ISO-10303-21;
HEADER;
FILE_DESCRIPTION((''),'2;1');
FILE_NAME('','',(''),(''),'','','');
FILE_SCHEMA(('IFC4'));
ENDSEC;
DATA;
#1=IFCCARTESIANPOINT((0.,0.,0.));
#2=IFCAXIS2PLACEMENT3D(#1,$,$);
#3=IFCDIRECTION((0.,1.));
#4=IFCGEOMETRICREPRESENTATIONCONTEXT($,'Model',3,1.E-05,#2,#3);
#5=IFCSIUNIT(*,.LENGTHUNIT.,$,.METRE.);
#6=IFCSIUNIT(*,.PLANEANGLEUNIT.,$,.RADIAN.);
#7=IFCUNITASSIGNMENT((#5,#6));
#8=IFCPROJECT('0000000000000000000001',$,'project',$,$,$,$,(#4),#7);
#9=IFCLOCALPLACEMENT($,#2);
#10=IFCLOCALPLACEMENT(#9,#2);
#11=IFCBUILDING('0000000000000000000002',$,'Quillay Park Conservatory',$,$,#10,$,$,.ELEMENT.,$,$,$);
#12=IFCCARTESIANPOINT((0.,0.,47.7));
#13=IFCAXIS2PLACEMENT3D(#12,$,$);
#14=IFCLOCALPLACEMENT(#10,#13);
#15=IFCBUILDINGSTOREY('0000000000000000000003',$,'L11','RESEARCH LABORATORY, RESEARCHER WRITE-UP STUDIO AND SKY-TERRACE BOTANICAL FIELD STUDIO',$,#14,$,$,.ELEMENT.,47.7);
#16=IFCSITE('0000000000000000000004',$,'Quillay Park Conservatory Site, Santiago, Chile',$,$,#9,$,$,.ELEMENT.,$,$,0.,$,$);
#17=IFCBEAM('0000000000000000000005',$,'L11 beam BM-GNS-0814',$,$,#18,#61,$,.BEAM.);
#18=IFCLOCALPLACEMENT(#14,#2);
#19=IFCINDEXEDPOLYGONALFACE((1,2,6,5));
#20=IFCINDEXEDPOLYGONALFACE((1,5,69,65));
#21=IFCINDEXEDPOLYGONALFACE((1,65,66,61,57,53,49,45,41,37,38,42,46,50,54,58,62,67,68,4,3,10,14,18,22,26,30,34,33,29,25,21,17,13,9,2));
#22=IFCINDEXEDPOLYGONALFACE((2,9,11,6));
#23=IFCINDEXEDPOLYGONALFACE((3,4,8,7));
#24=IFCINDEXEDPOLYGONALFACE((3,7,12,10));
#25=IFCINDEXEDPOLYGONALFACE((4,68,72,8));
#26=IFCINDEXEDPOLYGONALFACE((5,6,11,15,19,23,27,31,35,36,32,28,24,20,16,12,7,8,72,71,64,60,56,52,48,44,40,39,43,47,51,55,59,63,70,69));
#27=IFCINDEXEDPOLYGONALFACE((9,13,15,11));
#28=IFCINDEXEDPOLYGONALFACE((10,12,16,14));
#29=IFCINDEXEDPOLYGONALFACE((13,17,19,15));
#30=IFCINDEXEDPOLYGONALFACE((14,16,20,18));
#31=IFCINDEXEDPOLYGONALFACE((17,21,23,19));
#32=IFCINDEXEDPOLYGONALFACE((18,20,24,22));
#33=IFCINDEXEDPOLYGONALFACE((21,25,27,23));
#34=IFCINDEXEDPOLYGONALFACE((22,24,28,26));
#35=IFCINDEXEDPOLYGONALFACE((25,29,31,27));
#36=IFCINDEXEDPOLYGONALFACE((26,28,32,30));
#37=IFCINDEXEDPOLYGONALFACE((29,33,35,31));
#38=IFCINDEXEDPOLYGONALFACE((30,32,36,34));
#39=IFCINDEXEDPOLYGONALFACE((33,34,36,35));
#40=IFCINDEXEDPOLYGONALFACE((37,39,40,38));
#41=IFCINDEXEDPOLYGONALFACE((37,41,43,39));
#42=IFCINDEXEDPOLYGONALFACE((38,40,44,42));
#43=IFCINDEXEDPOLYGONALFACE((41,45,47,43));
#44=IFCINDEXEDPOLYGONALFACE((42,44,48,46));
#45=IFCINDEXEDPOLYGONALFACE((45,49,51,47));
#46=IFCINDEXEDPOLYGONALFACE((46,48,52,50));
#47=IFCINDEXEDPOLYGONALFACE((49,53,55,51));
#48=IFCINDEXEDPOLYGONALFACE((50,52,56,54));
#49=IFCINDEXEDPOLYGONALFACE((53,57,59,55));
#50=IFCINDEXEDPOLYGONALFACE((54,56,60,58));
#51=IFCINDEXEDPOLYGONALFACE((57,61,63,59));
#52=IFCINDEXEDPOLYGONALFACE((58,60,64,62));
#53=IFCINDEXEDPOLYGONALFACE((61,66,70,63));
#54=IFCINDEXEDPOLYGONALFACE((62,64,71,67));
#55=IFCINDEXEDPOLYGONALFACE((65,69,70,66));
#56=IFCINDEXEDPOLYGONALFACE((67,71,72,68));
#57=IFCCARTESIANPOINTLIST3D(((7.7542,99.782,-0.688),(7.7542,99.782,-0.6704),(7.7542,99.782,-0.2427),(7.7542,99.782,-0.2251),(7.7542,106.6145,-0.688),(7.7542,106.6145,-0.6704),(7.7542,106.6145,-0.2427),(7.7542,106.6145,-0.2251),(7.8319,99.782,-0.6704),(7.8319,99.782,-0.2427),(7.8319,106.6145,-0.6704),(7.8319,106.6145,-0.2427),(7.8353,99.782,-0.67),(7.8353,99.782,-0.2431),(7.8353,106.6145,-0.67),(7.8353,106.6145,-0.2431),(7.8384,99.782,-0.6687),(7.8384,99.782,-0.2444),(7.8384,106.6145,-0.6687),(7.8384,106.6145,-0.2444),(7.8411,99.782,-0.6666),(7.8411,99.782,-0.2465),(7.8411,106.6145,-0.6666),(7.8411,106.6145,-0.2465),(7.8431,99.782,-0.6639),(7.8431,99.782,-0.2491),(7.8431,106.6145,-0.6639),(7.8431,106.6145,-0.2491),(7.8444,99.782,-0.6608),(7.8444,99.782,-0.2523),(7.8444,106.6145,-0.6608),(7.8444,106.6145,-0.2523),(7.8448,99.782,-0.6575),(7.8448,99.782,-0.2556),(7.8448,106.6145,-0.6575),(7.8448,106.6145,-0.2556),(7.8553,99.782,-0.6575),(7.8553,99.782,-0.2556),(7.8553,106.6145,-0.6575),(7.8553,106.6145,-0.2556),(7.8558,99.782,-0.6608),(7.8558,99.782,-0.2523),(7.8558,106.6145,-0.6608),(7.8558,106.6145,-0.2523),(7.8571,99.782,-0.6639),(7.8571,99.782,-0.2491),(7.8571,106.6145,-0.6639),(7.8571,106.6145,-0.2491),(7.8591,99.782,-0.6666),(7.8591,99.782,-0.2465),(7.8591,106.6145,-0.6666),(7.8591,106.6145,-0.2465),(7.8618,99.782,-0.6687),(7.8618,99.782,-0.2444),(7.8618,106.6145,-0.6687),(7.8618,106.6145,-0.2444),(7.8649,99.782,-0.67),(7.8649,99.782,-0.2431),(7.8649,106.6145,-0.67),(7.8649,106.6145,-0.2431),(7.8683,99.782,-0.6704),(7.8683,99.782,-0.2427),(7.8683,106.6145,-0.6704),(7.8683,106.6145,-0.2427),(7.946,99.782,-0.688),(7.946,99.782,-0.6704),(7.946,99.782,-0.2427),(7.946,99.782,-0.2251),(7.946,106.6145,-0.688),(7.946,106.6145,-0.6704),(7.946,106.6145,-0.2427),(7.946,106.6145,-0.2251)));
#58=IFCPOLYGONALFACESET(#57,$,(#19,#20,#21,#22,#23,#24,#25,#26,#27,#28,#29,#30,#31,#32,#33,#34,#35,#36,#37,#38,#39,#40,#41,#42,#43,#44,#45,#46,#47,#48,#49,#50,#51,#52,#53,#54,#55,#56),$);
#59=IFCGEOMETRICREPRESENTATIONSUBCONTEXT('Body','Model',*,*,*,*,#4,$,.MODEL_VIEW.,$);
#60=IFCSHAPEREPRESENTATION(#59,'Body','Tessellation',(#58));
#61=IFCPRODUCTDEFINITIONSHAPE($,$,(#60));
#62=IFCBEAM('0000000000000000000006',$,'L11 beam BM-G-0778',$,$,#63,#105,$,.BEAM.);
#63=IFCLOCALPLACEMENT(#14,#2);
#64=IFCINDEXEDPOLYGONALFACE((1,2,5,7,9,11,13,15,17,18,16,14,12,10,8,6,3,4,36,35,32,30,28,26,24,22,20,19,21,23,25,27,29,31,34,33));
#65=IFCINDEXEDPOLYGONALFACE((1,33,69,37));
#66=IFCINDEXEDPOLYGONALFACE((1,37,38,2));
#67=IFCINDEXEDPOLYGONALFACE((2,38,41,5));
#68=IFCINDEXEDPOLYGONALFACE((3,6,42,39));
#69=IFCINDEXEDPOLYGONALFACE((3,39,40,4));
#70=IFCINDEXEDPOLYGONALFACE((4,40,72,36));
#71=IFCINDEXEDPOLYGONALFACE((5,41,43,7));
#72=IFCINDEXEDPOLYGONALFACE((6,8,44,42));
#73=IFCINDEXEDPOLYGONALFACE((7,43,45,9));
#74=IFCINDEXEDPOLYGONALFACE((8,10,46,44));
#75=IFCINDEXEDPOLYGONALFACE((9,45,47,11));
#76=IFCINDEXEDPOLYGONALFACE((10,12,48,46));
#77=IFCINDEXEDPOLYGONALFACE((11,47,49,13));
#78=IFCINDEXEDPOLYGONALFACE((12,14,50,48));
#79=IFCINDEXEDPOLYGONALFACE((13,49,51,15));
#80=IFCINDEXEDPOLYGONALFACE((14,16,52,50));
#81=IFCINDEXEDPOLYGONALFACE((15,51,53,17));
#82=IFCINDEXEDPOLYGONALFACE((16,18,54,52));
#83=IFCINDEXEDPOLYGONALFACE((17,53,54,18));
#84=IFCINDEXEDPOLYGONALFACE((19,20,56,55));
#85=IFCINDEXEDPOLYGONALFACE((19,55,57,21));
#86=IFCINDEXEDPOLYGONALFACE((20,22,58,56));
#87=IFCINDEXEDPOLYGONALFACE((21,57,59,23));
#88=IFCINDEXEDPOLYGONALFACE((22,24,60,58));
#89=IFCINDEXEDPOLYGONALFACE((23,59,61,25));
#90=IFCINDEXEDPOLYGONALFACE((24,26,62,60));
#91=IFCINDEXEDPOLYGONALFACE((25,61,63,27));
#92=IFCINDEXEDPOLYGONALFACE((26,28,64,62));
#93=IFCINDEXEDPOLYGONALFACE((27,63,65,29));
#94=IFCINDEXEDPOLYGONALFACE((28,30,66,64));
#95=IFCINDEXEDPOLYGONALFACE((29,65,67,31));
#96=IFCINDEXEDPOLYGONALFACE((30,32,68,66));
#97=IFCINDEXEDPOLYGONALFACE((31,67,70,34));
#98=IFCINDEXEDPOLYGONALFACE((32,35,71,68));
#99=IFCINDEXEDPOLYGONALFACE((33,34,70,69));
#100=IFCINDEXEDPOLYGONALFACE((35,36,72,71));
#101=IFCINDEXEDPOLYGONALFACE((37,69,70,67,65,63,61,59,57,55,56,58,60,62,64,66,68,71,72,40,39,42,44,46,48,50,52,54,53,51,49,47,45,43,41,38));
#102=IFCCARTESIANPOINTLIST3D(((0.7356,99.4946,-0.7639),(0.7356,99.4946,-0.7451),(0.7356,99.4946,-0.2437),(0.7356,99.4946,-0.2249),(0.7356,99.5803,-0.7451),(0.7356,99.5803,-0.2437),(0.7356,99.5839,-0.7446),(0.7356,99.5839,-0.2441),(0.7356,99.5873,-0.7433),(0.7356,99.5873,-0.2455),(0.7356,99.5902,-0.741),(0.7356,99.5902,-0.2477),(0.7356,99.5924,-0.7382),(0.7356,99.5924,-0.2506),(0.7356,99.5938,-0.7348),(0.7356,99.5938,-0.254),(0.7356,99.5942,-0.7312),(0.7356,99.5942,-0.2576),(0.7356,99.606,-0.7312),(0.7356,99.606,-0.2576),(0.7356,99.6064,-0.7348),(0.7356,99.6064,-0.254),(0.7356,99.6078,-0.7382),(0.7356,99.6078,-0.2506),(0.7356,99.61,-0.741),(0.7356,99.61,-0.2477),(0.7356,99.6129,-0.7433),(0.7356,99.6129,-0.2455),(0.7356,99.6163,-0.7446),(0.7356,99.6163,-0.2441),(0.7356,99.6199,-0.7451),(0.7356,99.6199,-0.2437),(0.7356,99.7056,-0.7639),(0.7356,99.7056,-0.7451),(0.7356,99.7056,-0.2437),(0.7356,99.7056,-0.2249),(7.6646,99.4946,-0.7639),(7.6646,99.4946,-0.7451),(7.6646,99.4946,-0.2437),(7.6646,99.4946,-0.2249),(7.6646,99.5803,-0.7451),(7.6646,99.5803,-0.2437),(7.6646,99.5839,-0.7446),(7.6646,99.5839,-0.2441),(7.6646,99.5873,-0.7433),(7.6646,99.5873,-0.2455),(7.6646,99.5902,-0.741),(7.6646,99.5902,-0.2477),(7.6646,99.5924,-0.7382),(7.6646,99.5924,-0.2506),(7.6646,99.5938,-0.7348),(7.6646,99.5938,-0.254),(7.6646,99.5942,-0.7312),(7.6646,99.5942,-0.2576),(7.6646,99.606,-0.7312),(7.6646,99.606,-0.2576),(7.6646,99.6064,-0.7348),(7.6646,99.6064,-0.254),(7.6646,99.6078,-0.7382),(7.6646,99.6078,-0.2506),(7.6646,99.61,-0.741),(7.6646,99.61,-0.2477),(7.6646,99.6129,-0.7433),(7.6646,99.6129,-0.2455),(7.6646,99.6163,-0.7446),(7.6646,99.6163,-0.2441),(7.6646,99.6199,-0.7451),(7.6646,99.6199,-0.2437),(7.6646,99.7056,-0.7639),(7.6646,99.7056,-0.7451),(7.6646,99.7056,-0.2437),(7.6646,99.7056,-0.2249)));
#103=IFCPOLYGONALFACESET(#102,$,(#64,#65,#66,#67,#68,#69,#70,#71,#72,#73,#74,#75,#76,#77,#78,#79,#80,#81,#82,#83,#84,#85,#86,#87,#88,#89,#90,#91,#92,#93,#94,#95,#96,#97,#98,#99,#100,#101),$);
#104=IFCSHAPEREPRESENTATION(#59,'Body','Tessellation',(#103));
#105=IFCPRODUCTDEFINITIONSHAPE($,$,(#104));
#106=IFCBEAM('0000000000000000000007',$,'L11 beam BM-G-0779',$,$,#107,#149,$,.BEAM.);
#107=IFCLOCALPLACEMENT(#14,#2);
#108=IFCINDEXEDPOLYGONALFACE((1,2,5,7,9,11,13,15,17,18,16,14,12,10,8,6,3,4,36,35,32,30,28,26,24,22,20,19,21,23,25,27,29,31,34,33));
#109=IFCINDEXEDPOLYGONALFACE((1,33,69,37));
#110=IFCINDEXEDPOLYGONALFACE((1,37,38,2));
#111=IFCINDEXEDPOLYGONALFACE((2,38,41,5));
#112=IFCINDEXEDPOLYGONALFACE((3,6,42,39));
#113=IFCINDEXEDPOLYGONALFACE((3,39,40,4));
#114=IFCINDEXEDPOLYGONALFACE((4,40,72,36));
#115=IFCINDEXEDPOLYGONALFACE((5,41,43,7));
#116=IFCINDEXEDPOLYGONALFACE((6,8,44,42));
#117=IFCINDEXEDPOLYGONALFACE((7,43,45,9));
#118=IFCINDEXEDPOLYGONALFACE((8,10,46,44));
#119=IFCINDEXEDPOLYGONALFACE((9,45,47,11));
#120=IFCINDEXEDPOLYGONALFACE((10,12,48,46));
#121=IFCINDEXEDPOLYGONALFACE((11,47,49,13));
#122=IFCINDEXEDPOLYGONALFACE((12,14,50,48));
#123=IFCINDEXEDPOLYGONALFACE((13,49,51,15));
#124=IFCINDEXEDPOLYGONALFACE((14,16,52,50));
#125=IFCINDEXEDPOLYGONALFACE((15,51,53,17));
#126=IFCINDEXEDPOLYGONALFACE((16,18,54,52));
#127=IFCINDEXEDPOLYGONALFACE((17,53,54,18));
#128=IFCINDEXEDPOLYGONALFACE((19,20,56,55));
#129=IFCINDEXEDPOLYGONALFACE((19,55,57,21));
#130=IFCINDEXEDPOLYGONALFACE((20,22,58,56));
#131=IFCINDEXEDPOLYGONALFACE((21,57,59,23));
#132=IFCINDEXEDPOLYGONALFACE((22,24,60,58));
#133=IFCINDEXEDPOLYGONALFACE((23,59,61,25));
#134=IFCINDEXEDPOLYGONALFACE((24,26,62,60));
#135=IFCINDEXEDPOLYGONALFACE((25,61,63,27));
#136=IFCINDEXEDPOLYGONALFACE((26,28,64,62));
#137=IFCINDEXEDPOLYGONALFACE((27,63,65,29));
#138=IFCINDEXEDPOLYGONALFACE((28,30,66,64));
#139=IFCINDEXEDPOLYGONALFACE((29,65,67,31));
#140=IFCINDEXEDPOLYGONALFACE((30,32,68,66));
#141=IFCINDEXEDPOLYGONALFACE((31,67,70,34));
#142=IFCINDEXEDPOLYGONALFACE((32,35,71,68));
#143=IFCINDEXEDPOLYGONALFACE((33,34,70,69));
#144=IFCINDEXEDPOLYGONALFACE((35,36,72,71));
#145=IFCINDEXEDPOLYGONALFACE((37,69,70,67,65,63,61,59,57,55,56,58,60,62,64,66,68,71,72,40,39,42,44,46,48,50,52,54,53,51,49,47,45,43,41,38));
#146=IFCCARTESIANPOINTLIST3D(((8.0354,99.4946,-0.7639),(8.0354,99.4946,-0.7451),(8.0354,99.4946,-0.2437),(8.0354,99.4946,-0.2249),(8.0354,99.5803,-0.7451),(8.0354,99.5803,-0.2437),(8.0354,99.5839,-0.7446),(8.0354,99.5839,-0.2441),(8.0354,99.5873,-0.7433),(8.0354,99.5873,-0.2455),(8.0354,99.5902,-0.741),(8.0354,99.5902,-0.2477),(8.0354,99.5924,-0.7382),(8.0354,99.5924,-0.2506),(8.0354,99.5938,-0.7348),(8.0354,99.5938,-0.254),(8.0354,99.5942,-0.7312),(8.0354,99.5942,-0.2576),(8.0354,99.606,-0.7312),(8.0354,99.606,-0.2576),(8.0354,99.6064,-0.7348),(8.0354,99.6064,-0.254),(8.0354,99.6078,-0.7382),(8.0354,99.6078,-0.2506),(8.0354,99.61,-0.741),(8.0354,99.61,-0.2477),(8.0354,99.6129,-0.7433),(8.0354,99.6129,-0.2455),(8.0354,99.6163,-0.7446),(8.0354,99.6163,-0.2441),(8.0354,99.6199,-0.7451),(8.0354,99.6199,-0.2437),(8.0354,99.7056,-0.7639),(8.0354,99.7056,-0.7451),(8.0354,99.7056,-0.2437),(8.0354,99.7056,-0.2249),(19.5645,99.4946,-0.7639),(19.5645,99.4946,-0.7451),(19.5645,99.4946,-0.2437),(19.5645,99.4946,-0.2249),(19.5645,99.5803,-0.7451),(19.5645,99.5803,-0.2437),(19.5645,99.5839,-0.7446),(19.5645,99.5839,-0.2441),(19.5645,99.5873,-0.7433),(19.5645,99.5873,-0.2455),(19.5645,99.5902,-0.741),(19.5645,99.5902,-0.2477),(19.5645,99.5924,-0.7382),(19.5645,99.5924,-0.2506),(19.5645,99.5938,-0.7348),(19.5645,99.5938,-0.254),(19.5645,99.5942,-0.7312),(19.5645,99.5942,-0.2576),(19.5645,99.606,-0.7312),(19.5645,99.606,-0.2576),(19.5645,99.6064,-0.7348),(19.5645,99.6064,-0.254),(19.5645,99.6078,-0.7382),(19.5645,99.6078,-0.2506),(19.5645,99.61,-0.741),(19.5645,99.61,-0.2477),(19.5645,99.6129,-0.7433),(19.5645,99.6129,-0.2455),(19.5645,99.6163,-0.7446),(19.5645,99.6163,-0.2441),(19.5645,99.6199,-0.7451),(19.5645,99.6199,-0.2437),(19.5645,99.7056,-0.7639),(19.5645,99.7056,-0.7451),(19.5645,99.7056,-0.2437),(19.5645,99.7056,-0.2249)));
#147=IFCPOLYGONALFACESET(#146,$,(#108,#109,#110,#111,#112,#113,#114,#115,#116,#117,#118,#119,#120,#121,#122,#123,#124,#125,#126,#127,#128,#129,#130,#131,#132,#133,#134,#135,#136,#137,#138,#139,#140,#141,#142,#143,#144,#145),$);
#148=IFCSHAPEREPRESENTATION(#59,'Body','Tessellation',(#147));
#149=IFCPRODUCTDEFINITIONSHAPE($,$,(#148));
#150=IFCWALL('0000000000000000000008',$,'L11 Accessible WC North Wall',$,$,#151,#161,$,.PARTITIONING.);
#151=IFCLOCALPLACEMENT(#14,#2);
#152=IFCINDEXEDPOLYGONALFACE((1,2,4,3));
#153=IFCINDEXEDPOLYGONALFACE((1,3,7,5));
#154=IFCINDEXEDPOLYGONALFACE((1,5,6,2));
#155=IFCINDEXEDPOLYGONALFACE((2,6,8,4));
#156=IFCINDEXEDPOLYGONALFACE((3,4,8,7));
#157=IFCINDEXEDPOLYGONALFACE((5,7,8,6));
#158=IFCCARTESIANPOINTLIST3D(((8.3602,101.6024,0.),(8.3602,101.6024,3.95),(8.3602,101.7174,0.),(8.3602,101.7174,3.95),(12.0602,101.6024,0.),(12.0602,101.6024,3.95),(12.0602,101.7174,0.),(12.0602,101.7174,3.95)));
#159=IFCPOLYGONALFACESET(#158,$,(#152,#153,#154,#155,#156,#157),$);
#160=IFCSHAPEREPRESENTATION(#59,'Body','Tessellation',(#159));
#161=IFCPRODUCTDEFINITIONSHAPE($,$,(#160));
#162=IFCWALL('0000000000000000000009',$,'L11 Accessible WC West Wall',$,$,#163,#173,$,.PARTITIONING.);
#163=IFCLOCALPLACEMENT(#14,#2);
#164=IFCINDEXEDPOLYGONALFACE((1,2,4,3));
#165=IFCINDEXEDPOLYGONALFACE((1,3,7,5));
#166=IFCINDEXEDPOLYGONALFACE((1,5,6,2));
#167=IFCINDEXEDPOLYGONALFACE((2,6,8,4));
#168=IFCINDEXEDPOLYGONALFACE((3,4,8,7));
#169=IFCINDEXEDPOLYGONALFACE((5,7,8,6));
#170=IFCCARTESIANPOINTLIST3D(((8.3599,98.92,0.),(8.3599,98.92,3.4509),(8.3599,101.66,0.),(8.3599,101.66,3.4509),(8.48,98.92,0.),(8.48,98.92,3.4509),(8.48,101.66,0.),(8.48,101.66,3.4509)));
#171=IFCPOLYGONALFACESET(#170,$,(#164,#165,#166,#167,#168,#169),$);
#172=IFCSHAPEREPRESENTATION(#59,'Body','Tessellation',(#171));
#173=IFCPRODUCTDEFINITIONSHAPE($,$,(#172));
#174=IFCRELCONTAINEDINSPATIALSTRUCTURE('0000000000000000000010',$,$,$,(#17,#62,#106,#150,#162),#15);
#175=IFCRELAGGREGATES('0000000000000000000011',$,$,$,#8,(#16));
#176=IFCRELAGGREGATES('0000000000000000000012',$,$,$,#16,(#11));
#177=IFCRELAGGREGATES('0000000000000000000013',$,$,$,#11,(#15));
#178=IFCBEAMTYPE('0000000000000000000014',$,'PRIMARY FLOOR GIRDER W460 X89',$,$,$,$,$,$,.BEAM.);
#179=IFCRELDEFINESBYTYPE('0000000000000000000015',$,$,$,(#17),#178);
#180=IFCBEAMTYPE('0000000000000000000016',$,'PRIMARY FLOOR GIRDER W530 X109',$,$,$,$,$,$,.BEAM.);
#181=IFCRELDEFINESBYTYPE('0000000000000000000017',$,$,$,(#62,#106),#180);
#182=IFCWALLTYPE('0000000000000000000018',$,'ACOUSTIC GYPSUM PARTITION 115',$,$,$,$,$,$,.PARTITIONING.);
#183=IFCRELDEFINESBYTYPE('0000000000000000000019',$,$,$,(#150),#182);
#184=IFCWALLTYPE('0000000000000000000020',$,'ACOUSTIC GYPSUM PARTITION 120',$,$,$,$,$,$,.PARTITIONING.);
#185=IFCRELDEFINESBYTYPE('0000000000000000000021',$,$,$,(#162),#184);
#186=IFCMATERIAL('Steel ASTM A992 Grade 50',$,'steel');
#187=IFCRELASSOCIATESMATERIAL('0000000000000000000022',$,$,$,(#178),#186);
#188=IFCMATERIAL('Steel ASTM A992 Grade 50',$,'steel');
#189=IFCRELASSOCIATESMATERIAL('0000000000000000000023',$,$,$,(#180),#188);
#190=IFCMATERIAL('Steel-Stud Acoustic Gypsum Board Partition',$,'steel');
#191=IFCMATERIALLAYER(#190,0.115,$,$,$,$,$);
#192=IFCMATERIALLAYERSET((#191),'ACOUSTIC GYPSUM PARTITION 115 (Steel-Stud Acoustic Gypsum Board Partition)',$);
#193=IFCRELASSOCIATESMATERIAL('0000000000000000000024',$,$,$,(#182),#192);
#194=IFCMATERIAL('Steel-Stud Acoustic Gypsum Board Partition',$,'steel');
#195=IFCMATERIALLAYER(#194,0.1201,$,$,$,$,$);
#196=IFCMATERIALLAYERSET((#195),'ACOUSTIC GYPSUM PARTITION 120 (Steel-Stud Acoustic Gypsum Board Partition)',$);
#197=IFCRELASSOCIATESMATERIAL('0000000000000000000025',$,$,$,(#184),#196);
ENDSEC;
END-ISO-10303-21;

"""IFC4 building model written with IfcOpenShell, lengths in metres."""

from ifc_helpers import new_model, si_unit, direction, frame, frame_2d, origin, origin_2d, place, context, subcontext, project, spatial, rectangle, i_section, extrude, material, layer, layer_set, material_profile, profile_set, type_object, element, save


model = new_model("IFC4")

# Units and contexts
model_context = context("Model", 3, precision=1e-05, world=origin(), true_north=direction((0.0, 1.0)))
body_context = subcontext(model_context, "Body", "Model", "MODEL_VIEW")
ifc_project = project(units=[si_unit("LENGTHUNIT", "METRE"), si_unit("PLANEANGLEUNIT", "RADIAN")], contexts=[model_context])

# Site, building, storey
site_placement = place(None, origin())
site = spatial("IfcSite", under=ifc_project, at=site_placement, Name="Quillay Park Conservatory Site, Santiago, Chile", CompositionType="ELEMENT", RefElevation=0.0)
building_placement = place(site_placement, origin())
building = spatial("IfcBuilding", under=site, at=building_placement, Name="Quillay Park Conservatory", CompositionType="ELEMENT")
storey_placement = place(building_placement, frame((0.0, 0.0, 47.7)))
storey = spatial("IfcBuildingStorey", under=building, at=storey_placement, Name="L11", Description="RESEARCH LABORATORY, RESEARCHER WRITE-UP STUDIO AND SKY-TERRACE BOTANICAL FIELD STUDIO", CompositionType="ELEMENT", Elevation=47.7)

# Beams
ifc_material_1 = material(Name="Steel ASTM A992 Grade 50", Category="steel")
ifc_material_profile_1 = material_profile(ifc_material_1, i_section(OverallWidth=0.1919, OverallDepth=0.4629, WebThickness=0.0105, FlangeThickness=0.0176, FilletRadius=0.0129, at=origin_2d()), Name="W460x89")
ifc_profile_set_1 = profile_set([ifc_material_profile_1], Name="Steel ASTM A992 Grade 50")
beam_type_1 = type_object("IfcBeamType", Name="PRIMARY FLOOR GIRDER W460 X89", PredefinedType="BEAM", material=ifc_profile_set_1)
beam_1_placement = place(storey_placement, frame((7.8501, 99.782, -0.4565), z_axis=(0.0, 1.0, 0.0), x_axis=(-1.0, 0.0, 0.0)))
element("IfcBeam", 1, at=beam_1_placement, inside=storey, type_object=beam_type_1, Name="L11 beam BM-GNS-0814", PredefinedType="BEAM", context=body_context, shape_type="SweptSolid", body=[
    extrude(i_section(OverallWidth=0.1919, OverallDepth=0.4629, WebThickness=0.0105, FlangeThickness=0.0176, FilletRadius=0.0129, at=origin_2d()), origin(), (0.0, 0.0, 1.0), 6.8325),
])
ifc_material_2 = material(Name="Steel ASTM A992 Grade 50", Category="steel")
ifc_material_profile_2 = material_profile(ifc_material_2, i_section(OverallWidth=0.2109, OverallDepth=0.5391, WebThickness=0.0117, FlangeThickness=0.0188, FilletRadius=0.0139, at=origin_2d()), Name="W530x109")
ifc_profile_set_2 = profile_set([ifc_material_profile_2], Name="Steel ASTM A992 Grade 50")
beam_type_2 = type_object("IfcBeamType", Name="PRIMARY FLOOR GIRDER W530 X109", PredefinedType="BEAM", material=ifc_profile_set_2)
beam_2_placement = place(storey_placement, frame((0.7356, 99.6001, -0.4944), z_axis=(1.0, 0.0, 0.0), x_axis=(0.0, 1.0, 0.0)))
element("IfcBeam", 2, at=beam_2_placement, inside=storey, type_object=beam_type_2, Name="L11 beam BM-G-0778", PredefinedType="BEAM", context=body_context, shape_type="SweptSolid", body=[
    extrude(i_section(OverallWidth=0.2109, OverallDepth=0.5391, WebThickness=0.0117, FlangeThickness=0.0188, FilletRadius=0.0139, at=origin_2d()), origin(), (0.0, 0.0, 1.0), 6.929),
])
beam_3_placement = place(storey_placement, frame((8.0354, 99.6001, -0.4944), z_axis=(1.0, 0.0, 0.0), x_axis=(0.0, 1.0, 0.0)))
element("IfcBeam", 3, at=beam_3_placement, inside=storey, type_object=beam_type_2, Name="L11 beam BM-G-0779", PredefinedType="BEAM", context=body_context, shape_type="SweptSolid", body=[
    extrude(i_section(OverallWidth=0.2109, OverallDepth=0.5391, WebThickness=0.0117, FlangeThickness=0.0188, FilletRadius=0.0139, at=origin_2d()), origin(), (0.0, 0.0, 1.0), 11.5291),
])

# Walls
ifc_material_3 = material(Name="Steel-Stud Acoustic Gypsum Board Partition", Category="steel")
ifc_layer_1 = layer(ifc_material_3, 0.115)
ifc_layer_set_1 = layer_set([ifc_layer_1], Name="ACOUSTIC GYPSUM PARTITION 115 (Steel-Stud Acoustic Gypsum Board Partition)")
wall_type_1 = type_object("IfcWallType", Name="ACOUSTIC GYPSUM PARTITION 115", PredefinedType="PARTITIONING", material=ifc_layer_set_1)
wall_1_placement = place(storey_placement, frame((8.3601, 101.6599, 0.0), z_axis=(0.0, 0.0, 1.0), x_axis=(1.0, 0.0, 0.0)))
element("IfcWall", 4, at=wall_1_placement, inside=storey, type_object=wall_type_1, Name="L11 Accessible WC North Wall", PredefinedType="PARTITIONING", context=body_context, shape_type="SweptSolid", body=[
    extrude(rectangle(XDim=3.7, YDim=0.115, at=frame_2d((1.8501, 0.0))), origin(), (0.0, 0.0, 1.0), 3.95),
])
ifc_material_4 = material(Name="Steel-Stud Acoustic Gypsum Board Partition", Category="steel")
ifc_layer_2 = layer(ifc_material_4, 0.1201)
ifc_layer_set_2 = layer_set([ifc_layer_2], Name="ACOUSTIC GYPSUM PARTITION 120 (Steel-Stud Acoustic Gypsum Board Partition)")
wall_type_2 = type_object("IfcWallType", Name="ACOUSTIC GYPSUM PARTITION 120", PredefinedType="PARTITIONING", material=ifc_layer_set_2)
wall_2_placement = place(storey_placement, frame((8.4199, 98.9199, 0.0), z_axis=(0.0, 0.0, 1.0), x_axis=(0.0, 1.0, 0.0)))
element("IfcWall", 5, at=wall_2_placement, inside=storey, type_object=wall_type_2, Name="L11 Accessible WC West Wall", PredefinedType="PARTITIONING", context=body_context, shape_type="SweptSolid", body=[
    extrude(rectangle(XDim=2.74, YDim=0.1201, at=frame_2d((1.3701, 0.0))), origin(), (0.0, 0.0, 1.0), 3.4509),
])

save(model, "model.ifc")
